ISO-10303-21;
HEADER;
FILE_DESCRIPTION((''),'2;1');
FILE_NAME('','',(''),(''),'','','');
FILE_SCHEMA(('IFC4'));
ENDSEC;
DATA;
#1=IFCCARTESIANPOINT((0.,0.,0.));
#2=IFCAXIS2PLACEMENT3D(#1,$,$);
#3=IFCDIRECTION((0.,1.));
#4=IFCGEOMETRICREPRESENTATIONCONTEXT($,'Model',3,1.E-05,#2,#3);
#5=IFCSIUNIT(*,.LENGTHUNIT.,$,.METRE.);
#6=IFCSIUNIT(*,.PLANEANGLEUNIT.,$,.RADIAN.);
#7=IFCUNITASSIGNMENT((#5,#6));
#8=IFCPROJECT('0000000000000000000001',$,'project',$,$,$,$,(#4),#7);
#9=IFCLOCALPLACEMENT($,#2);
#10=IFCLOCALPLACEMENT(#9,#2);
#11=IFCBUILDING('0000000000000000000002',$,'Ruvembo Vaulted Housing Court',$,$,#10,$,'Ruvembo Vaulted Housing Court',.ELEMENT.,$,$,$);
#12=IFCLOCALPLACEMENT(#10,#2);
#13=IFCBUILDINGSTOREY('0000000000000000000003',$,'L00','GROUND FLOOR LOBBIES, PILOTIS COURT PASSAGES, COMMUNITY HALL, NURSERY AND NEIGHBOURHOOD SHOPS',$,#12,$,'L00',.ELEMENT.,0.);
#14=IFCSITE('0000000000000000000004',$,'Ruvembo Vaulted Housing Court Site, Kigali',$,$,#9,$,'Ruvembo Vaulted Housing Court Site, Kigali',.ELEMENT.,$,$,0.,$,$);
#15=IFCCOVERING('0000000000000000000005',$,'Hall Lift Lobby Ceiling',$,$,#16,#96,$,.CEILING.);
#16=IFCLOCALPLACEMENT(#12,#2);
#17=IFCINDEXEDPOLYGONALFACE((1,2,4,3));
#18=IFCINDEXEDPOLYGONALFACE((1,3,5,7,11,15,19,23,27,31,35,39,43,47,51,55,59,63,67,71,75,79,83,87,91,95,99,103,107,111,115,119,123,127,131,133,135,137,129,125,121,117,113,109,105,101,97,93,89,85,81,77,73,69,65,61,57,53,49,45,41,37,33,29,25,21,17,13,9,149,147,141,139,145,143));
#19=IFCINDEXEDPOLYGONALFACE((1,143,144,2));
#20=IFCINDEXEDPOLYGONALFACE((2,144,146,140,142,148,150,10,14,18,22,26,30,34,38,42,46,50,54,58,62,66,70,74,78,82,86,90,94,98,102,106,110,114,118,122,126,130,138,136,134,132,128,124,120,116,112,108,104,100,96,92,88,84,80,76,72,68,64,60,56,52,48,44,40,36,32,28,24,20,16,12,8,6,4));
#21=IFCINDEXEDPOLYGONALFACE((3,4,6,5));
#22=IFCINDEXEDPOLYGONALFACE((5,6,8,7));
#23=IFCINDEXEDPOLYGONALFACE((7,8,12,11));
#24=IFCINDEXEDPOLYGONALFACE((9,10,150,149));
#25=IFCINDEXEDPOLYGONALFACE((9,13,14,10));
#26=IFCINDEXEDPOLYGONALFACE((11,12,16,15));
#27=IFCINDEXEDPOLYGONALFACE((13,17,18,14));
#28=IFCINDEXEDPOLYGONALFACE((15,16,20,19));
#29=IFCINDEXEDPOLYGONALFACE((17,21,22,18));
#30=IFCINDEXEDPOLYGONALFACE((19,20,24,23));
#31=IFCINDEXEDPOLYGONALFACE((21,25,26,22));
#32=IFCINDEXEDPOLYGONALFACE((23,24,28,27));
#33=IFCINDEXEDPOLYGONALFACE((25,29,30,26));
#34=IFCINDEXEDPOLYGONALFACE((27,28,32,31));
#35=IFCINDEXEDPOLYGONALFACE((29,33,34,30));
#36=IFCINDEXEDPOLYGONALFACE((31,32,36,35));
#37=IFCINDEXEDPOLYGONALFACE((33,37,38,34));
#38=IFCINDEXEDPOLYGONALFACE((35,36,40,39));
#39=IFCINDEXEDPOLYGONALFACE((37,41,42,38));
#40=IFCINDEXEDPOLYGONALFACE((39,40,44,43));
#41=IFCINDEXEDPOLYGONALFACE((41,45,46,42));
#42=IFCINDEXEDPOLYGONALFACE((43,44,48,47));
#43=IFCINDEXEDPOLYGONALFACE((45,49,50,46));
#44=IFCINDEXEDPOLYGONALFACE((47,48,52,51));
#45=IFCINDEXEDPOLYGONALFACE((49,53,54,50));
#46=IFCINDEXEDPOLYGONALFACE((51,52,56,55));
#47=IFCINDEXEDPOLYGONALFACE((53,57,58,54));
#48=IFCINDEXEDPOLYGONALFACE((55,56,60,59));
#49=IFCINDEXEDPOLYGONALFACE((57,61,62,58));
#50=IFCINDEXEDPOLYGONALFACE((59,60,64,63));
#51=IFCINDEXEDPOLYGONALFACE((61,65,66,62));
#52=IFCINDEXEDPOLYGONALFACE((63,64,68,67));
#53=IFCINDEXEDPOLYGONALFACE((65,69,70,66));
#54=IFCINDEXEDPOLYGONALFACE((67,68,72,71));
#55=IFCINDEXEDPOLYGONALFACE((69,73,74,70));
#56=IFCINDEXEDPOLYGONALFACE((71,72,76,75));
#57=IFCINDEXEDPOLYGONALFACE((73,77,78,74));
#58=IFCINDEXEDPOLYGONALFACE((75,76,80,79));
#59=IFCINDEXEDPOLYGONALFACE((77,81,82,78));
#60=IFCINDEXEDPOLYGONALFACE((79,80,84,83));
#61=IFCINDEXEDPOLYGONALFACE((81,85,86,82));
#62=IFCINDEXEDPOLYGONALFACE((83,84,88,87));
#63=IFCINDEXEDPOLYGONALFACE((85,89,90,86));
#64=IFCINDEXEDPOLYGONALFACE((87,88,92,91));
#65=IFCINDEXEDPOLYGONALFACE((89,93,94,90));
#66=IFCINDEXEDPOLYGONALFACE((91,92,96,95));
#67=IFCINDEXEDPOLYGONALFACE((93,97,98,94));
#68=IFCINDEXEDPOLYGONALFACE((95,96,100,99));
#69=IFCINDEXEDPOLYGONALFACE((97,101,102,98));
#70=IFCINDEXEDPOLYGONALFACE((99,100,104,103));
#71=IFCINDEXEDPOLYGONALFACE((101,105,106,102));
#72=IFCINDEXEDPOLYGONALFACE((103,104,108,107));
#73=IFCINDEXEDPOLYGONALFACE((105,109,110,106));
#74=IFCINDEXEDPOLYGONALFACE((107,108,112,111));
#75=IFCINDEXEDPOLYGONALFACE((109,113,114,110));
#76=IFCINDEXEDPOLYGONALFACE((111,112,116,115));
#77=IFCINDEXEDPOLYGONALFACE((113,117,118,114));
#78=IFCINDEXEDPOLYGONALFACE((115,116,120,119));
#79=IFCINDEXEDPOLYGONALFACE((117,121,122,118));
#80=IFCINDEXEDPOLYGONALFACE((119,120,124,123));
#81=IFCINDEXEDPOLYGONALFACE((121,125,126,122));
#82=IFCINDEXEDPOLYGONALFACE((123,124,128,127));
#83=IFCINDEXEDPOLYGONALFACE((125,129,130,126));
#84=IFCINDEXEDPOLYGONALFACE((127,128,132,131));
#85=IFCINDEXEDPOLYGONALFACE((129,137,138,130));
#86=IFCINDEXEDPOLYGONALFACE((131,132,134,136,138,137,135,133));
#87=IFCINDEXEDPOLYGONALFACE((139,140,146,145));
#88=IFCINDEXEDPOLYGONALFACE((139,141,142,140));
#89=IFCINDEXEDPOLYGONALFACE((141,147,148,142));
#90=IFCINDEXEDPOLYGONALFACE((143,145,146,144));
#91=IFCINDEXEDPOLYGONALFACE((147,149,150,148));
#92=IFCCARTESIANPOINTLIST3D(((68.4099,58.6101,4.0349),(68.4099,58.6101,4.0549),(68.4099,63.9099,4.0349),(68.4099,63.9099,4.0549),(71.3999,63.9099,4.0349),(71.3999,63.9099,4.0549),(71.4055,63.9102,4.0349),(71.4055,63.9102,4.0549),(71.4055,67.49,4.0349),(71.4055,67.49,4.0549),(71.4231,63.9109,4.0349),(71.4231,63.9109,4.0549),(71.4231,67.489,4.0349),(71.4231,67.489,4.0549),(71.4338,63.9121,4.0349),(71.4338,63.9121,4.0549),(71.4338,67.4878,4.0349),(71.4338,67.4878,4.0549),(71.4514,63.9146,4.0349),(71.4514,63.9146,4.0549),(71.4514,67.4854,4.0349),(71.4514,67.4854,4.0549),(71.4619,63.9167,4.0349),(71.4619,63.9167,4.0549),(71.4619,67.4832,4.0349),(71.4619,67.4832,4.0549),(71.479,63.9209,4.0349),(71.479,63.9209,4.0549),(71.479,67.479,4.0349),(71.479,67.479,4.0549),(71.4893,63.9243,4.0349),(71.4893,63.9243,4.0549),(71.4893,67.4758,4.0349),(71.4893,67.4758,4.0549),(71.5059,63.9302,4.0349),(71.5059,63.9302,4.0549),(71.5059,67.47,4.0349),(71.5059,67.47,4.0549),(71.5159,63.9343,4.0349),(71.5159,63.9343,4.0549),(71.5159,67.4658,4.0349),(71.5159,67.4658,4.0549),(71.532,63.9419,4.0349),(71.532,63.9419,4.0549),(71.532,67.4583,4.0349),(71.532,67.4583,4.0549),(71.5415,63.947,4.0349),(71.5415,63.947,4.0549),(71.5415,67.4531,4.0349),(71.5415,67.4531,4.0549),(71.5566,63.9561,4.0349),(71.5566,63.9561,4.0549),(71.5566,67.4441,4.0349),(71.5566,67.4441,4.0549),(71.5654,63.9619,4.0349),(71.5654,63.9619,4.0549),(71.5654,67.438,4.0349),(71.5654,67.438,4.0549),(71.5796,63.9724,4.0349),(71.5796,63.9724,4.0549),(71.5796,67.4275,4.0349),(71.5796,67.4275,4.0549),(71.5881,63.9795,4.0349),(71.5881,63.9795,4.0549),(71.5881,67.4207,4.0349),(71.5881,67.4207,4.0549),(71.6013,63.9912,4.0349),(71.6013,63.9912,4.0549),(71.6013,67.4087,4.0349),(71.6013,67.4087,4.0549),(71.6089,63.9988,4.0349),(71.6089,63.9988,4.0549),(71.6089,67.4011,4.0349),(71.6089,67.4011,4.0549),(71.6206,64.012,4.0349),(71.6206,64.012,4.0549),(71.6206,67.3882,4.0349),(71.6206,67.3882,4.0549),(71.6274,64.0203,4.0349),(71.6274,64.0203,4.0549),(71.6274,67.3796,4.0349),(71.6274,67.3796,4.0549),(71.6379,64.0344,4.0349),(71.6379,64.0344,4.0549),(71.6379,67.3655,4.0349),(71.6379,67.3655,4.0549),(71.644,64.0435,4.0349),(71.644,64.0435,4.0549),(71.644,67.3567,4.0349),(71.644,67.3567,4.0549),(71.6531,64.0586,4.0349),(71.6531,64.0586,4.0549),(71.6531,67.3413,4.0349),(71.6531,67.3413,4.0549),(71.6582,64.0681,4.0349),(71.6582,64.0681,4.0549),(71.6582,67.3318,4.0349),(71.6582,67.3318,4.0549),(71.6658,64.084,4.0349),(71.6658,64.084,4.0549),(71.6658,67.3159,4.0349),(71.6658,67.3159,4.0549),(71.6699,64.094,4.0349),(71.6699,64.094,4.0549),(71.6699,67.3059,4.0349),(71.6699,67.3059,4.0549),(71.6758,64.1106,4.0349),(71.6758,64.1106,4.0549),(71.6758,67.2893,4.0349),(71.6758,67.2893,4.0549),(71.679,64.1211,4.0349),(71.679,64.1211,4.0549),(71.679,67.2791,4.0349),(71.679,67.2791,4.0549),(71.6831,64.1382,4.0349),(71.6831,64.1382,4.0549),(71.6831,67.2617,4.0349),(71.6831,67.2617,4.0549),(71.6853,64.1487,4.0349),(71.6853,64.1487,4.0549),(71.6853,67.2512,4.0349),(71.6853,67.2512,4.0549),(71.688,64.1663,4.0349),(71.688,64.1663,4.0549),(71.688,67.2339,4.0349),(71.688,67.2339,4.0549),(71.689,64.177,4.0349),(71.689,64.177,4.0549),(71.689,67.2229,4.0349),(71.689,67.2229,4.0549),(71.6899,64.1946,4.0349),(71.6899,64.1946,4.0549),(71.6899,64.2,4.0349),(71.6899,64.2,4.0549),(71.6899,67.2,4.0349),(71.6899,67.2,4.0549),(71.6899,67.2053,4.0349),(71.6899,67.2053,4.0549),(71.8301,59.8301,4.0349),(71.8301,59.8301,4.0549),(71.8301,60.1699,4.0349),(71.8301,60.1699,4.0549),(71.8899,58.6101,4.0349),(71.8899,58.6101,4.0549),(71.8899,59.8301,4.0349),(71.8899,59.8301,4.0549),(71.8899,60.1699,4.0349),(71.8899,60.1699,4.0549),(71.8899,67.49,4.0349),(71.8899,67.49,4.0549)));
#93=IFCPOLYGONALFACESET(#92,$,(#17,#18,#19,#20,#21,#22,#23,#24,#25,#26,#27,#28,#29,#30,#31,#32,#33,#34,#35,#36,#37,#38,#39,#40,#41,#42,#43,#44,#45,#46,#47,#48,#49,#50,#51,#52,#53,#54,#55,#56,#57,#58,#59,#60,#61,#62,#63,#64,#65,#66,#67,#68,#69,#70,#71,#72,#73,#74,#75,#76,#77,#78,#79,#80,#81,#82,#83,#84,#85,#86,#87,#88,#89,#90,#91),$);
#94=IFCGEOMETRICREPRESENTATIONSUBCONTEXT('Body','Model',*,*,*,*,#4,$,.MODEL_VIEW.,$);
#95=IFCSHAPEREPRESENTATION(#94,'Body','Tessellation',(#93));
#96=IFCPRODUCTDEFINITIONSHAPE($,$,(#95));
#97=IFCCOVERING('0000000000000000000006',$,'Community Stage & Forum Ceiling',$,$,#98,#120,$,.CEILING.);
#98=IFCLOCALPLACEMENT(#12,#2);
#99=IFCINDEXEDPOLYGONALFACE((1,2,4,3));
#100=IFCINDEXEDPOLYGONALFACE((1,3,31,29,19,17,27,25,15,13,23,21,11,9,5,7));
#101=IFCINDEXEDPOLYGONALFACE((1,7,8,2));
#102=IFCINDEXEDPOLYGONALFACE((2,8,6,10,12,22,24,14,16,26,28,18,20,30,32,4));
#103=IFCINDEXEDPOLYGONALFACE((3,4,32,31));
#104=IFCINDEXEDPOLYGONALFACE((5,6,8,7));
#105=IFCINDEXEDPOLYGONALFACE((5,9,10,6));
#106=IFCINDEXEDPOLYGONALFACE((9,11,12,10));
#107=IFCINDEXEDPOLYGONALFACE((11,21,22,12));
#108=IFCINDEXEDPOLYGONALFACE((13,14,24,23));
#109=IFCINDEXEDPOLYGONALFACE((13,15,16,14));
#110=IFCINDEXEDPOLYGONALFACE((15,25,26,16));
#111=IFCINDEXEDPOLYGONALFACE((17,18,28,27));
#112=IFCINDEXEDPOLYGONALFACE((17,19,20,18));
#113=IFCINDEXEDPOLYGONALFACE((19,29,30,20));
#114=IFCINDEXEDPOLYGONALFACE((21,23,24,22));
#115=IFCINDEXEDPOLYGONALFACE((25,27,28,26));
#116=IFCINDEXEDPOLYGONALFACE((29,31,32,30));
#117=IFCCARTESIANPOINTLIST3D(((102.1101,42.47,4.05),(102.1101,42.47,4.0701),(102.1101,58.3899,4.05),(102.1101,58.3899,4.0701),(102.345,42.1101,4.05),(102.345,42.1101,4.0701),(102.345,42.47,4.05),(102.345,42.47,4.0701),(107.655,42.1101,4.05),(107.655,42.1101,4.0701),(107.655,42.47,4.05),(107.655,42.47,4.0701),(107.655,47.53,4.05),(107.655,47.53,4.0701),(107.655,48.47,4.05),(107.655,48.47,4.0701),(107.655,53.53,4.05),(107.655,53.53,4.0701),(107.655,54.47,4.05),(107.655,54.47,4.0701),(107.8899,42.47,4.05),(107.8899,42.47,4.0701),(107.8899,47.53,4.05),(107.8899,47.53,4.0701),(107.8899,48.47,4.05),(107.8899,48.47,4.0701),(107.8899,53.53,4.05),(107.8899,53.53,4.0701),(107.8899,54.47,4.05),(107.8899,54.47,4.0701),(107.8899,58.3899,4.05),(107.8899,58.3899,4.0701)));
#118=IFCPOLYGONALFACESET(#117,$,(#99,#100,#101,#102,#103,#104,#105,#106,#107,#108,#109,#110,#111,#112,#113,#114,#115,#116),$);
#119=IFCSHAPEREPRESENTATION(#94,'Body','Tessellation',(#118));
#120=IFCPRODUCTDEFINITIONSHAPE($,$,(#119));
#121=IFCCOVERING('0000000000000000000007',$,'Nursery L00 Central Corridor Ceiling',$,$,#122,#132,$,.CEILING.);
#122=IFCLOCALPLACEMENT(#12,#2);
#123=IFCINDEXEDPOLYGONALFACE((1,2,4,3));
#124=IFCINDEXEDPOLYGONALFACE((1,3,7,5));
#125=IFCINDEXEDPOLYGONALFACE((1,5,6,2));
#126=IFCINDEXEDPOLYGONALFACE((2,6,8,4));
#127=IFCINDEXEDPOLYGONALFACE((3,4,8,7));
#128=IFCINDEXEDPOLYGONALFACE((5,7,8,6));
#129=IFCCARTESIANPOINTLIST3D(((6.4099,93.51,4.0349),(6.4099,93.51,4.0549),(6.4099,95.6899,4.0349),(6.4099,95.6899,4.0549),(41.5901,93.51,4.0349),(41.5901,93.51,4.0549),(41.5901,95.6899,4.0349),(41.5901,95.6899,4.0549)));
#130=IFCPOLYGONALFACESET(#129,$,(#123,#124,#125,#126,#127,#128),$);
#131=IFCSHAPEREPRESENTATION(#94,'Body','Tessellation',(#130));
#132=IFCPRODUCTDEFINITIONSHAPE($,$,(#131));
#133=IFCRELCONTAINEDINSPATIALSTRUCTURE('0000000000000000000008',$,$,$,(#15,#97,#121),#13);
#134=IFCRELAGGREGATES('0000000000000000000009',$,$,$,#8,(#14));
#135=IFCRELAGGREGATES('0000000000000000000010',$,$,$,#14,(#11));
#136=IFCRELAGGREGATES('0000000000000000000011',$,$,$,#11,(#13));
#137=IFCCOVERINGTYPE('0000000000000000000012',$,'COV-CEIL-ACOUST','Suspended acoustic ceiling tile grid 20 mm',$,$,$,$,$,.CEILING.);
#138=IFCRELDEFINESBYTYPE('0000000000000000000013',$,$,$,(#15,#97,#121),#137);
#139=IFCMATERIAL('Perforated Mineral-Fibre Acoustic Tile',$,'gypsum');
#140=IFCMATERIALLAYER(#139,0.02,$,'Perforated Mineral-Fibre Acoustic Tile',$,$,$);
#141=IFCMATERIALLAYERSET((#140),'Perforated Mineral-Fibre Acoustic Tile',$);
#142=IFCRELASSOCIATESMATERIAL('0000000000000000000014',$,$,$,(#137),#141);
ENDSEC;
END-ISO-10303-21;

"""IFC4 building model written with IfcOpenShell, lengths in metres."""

from ifc_helpers import new_model, si_unit, direction, frame, origin, place, context, subcontext, project, spatial, polyline, outline, extrude, material, layer, layer_set, type_object, element, save


model = new_model("IFC4")

# Units and contexts
model_context = context("Model", 3, precision=1e-05, world=origin(), true_north=direction((0.0, 1.0)))
body_context = subcontext(model_context, "Body", "Model", "MODEL_VIEW")
ifc_project = project(units=[si_unit("LENGTHUNIT", "METRE"), si_unit("PLANEANGLEUNIT", "RADIAN")], contexts=[model_context])

# Site, building, storey
site_placement = place(None, origin())
site = spatial("IfcSite", under=ifc_project, at=site_placement, Name="Ruvembo Vaulted Housing Court Site, Kigali", LongName="Ruvembo Vaulted Housing Court Site, Kigali", CompositionType="ELEMENT", RefElevation=0.0)
building_placement = place(site_placement, origin())
building = spatial("IfcBuilding", under=site, at=building_placement, Name="Ruvembo Vaulted Housing Court", LongName="Ruvembo Vaulted Housing Court", CompositionType="ELEMENT")
storey_placement = place(building_placement, origin())
storey = spatial("IfcBuildingStorey", under=building, at=storey_placement, Name="L00", Description="GROUND FLOOR LOBBIES, PILOTIS COURT PASSAGES, COMMUNITY HALL, NURSERY AND NEIGHBOURHOOD SHOPS", LongName="L00", CompositionType="ELEMENT", Elevation=0.0)

# Coverings
ifc_material_1 = material(Name="Perforated Mineral-Fibre Acoustic Tile", Category="gypsum")
ifc_layer_1 = layer(ifc_material_1, 0.02, Name="Perforated Mineral-Fibre Acoustic Tile")
ifc_layer_set_1 = layer_set([ifc_layer_1], Name="Perforated Mineral-Fibre Acoustic Tile")
covering_type_1 = type_object("IfcCoveringType", Name="COV-CEIL-ACOUST", Description="Suspended acoustic ceiling tile grid 20 mm", PredefinedType="CEILING", material=ifc_layer_set_1)
covering_1_placement = place(storey_placement, frame((0.0, 0.0, 4.0349)))
element("IfcCovering", 1, at=covering_1_placement, inside=storey, type_object=covering_type_1, Name="Hall Lift Lobby Ceiling", PredefinedType="CEILING", context=body_context, shape_type="SweptSolid", body=[
    extrude(outline(polyline([(71.4231, 63.9109), (71.4055, 63.9102), (71.3999, 63.9099), (68.4099, 63.9099), (68.4099, 58.6101), (71.8899, 58.6101), (71.8899, 59.8301), (71.8301, 59.8301), (71.8301, 60.1699), (71.8899, 60.1699), (71.8899, 67.49), (71.3999, 67.49), (71.4055, 67.49), (71.4231, 67.489), (71.4338, 67.4878), (71.4514, 67.4854), (71.4619, 67.4832), (71.479, 67.479), (71.4893, 67.4758), (71.5059, 67.47), (71.5159, 67.4658), (71.532, 67.4583), (71.5415, 67.4531), (71.5566, 67.4441), (71.5654, 67.438), (71.5796, 67.4275), (71.5881, 67.4207), (71.6013, 67.4087), (71.6089, 67.4011), (71.6206, 67.3882), (71.6274, 67.3796), (71.6379, 67.3655), (71.644, 67.3567), (71.6531, 67.3413), (71.6582, 67.3318), (71.6658, 67.3159), (71.6699, 67.3059), (71.6758, 67.2893), (71.679, 67.2791), (71.6831, 67.2617), (71.6853, 67.2512), (71.688, 67.2339), (71.689, 67.2229), (71.6899, 67.2053), (71.6899, 67.2), (71.6899, 64.2), (71.6899, 64.1946), (71.689, 64.177), (71.688, 64.1663), (71.6853, 64.1487), (71.6831, 64.1382), (71.679, 64.1211), (71.6758, 64.1106), (71.6699, 64.094), (71.6658, 64.084), (71.6582, 64.0681), (71.6531, 64.0586), (71.644, 64.0435), (71.6379, 64.0344), (71.6274, 64.0203), (71.6206, 64.012), (71.6089, 63.9988), (71.6013, 63.9912), (71.5881, 63.9795), (71.5796, 63.9724), (71.5654, 63.9619), (71.5566, 63.9561), (71.5415, 63.947), (71.532, 63.9419), (71.5159, 63.9343), (71.5059, 63.9302), (71.4893, 63.9243), (71.479, 63.9209), (71.4619, 63.9167), (71.4514, 63.9146), (71.4338, 63.9121), (71.4231, 63.9109)])), origin(), (0.0, 0.0, 1.0), 0.02),
])
covering_2_placement = place(storey_placement, frame((0.0, 0.0, 4.05)))
element("IfcCovering", 2, at=covering_2_placement, inside=storey, type_object=covering_type_1, Name="Community Stage & Forum Ceiling", PredefinedType="CEILING", context=body_context, shape_type="SweptSolid", body=[
    extrude(outline(polyline([(102.1101, 42.47), (102.345, 42.47), (102.345, 42.1101), (107.655, 42.1101), (107.655, 42.47), (107.8899, 42.47), (107.8899, 47.53), (107.655, 47.53), (107.655, 48.47), (107.8899, 48.47), (107.8899, 53.53), (107.655, 53.53), (107.655, 54.47), (107.8899, 54.47), (107.8899, 58.3899), (102.1101, 58.3899), (102.1101, 42.47)])), origin(), (0.0, 0.0, 1.0), 0.02),
])
covering_3_placement = place(storey_placement, frame((0.0, 0.0, 4.0349)))
element("IfcCovering", 3, at=covering_3_placement, inside=storey, type_object=covering_type_1, Name="Nursery L00 Central Corridor Ceiling", PredefinedType="CEILING", context=body_context, shape_type="SweptSolid", body=[
    extrude(outline(polyline([(6.4099, 95.6899), (6.4099, 93.51), (41.5901, 93.51), (41.5901, 95.6899), (6.4099, 95.6899)])), origin(), (0.0, 0.0, 1.0), 0.02),
])

save(model, "model.ifc")
